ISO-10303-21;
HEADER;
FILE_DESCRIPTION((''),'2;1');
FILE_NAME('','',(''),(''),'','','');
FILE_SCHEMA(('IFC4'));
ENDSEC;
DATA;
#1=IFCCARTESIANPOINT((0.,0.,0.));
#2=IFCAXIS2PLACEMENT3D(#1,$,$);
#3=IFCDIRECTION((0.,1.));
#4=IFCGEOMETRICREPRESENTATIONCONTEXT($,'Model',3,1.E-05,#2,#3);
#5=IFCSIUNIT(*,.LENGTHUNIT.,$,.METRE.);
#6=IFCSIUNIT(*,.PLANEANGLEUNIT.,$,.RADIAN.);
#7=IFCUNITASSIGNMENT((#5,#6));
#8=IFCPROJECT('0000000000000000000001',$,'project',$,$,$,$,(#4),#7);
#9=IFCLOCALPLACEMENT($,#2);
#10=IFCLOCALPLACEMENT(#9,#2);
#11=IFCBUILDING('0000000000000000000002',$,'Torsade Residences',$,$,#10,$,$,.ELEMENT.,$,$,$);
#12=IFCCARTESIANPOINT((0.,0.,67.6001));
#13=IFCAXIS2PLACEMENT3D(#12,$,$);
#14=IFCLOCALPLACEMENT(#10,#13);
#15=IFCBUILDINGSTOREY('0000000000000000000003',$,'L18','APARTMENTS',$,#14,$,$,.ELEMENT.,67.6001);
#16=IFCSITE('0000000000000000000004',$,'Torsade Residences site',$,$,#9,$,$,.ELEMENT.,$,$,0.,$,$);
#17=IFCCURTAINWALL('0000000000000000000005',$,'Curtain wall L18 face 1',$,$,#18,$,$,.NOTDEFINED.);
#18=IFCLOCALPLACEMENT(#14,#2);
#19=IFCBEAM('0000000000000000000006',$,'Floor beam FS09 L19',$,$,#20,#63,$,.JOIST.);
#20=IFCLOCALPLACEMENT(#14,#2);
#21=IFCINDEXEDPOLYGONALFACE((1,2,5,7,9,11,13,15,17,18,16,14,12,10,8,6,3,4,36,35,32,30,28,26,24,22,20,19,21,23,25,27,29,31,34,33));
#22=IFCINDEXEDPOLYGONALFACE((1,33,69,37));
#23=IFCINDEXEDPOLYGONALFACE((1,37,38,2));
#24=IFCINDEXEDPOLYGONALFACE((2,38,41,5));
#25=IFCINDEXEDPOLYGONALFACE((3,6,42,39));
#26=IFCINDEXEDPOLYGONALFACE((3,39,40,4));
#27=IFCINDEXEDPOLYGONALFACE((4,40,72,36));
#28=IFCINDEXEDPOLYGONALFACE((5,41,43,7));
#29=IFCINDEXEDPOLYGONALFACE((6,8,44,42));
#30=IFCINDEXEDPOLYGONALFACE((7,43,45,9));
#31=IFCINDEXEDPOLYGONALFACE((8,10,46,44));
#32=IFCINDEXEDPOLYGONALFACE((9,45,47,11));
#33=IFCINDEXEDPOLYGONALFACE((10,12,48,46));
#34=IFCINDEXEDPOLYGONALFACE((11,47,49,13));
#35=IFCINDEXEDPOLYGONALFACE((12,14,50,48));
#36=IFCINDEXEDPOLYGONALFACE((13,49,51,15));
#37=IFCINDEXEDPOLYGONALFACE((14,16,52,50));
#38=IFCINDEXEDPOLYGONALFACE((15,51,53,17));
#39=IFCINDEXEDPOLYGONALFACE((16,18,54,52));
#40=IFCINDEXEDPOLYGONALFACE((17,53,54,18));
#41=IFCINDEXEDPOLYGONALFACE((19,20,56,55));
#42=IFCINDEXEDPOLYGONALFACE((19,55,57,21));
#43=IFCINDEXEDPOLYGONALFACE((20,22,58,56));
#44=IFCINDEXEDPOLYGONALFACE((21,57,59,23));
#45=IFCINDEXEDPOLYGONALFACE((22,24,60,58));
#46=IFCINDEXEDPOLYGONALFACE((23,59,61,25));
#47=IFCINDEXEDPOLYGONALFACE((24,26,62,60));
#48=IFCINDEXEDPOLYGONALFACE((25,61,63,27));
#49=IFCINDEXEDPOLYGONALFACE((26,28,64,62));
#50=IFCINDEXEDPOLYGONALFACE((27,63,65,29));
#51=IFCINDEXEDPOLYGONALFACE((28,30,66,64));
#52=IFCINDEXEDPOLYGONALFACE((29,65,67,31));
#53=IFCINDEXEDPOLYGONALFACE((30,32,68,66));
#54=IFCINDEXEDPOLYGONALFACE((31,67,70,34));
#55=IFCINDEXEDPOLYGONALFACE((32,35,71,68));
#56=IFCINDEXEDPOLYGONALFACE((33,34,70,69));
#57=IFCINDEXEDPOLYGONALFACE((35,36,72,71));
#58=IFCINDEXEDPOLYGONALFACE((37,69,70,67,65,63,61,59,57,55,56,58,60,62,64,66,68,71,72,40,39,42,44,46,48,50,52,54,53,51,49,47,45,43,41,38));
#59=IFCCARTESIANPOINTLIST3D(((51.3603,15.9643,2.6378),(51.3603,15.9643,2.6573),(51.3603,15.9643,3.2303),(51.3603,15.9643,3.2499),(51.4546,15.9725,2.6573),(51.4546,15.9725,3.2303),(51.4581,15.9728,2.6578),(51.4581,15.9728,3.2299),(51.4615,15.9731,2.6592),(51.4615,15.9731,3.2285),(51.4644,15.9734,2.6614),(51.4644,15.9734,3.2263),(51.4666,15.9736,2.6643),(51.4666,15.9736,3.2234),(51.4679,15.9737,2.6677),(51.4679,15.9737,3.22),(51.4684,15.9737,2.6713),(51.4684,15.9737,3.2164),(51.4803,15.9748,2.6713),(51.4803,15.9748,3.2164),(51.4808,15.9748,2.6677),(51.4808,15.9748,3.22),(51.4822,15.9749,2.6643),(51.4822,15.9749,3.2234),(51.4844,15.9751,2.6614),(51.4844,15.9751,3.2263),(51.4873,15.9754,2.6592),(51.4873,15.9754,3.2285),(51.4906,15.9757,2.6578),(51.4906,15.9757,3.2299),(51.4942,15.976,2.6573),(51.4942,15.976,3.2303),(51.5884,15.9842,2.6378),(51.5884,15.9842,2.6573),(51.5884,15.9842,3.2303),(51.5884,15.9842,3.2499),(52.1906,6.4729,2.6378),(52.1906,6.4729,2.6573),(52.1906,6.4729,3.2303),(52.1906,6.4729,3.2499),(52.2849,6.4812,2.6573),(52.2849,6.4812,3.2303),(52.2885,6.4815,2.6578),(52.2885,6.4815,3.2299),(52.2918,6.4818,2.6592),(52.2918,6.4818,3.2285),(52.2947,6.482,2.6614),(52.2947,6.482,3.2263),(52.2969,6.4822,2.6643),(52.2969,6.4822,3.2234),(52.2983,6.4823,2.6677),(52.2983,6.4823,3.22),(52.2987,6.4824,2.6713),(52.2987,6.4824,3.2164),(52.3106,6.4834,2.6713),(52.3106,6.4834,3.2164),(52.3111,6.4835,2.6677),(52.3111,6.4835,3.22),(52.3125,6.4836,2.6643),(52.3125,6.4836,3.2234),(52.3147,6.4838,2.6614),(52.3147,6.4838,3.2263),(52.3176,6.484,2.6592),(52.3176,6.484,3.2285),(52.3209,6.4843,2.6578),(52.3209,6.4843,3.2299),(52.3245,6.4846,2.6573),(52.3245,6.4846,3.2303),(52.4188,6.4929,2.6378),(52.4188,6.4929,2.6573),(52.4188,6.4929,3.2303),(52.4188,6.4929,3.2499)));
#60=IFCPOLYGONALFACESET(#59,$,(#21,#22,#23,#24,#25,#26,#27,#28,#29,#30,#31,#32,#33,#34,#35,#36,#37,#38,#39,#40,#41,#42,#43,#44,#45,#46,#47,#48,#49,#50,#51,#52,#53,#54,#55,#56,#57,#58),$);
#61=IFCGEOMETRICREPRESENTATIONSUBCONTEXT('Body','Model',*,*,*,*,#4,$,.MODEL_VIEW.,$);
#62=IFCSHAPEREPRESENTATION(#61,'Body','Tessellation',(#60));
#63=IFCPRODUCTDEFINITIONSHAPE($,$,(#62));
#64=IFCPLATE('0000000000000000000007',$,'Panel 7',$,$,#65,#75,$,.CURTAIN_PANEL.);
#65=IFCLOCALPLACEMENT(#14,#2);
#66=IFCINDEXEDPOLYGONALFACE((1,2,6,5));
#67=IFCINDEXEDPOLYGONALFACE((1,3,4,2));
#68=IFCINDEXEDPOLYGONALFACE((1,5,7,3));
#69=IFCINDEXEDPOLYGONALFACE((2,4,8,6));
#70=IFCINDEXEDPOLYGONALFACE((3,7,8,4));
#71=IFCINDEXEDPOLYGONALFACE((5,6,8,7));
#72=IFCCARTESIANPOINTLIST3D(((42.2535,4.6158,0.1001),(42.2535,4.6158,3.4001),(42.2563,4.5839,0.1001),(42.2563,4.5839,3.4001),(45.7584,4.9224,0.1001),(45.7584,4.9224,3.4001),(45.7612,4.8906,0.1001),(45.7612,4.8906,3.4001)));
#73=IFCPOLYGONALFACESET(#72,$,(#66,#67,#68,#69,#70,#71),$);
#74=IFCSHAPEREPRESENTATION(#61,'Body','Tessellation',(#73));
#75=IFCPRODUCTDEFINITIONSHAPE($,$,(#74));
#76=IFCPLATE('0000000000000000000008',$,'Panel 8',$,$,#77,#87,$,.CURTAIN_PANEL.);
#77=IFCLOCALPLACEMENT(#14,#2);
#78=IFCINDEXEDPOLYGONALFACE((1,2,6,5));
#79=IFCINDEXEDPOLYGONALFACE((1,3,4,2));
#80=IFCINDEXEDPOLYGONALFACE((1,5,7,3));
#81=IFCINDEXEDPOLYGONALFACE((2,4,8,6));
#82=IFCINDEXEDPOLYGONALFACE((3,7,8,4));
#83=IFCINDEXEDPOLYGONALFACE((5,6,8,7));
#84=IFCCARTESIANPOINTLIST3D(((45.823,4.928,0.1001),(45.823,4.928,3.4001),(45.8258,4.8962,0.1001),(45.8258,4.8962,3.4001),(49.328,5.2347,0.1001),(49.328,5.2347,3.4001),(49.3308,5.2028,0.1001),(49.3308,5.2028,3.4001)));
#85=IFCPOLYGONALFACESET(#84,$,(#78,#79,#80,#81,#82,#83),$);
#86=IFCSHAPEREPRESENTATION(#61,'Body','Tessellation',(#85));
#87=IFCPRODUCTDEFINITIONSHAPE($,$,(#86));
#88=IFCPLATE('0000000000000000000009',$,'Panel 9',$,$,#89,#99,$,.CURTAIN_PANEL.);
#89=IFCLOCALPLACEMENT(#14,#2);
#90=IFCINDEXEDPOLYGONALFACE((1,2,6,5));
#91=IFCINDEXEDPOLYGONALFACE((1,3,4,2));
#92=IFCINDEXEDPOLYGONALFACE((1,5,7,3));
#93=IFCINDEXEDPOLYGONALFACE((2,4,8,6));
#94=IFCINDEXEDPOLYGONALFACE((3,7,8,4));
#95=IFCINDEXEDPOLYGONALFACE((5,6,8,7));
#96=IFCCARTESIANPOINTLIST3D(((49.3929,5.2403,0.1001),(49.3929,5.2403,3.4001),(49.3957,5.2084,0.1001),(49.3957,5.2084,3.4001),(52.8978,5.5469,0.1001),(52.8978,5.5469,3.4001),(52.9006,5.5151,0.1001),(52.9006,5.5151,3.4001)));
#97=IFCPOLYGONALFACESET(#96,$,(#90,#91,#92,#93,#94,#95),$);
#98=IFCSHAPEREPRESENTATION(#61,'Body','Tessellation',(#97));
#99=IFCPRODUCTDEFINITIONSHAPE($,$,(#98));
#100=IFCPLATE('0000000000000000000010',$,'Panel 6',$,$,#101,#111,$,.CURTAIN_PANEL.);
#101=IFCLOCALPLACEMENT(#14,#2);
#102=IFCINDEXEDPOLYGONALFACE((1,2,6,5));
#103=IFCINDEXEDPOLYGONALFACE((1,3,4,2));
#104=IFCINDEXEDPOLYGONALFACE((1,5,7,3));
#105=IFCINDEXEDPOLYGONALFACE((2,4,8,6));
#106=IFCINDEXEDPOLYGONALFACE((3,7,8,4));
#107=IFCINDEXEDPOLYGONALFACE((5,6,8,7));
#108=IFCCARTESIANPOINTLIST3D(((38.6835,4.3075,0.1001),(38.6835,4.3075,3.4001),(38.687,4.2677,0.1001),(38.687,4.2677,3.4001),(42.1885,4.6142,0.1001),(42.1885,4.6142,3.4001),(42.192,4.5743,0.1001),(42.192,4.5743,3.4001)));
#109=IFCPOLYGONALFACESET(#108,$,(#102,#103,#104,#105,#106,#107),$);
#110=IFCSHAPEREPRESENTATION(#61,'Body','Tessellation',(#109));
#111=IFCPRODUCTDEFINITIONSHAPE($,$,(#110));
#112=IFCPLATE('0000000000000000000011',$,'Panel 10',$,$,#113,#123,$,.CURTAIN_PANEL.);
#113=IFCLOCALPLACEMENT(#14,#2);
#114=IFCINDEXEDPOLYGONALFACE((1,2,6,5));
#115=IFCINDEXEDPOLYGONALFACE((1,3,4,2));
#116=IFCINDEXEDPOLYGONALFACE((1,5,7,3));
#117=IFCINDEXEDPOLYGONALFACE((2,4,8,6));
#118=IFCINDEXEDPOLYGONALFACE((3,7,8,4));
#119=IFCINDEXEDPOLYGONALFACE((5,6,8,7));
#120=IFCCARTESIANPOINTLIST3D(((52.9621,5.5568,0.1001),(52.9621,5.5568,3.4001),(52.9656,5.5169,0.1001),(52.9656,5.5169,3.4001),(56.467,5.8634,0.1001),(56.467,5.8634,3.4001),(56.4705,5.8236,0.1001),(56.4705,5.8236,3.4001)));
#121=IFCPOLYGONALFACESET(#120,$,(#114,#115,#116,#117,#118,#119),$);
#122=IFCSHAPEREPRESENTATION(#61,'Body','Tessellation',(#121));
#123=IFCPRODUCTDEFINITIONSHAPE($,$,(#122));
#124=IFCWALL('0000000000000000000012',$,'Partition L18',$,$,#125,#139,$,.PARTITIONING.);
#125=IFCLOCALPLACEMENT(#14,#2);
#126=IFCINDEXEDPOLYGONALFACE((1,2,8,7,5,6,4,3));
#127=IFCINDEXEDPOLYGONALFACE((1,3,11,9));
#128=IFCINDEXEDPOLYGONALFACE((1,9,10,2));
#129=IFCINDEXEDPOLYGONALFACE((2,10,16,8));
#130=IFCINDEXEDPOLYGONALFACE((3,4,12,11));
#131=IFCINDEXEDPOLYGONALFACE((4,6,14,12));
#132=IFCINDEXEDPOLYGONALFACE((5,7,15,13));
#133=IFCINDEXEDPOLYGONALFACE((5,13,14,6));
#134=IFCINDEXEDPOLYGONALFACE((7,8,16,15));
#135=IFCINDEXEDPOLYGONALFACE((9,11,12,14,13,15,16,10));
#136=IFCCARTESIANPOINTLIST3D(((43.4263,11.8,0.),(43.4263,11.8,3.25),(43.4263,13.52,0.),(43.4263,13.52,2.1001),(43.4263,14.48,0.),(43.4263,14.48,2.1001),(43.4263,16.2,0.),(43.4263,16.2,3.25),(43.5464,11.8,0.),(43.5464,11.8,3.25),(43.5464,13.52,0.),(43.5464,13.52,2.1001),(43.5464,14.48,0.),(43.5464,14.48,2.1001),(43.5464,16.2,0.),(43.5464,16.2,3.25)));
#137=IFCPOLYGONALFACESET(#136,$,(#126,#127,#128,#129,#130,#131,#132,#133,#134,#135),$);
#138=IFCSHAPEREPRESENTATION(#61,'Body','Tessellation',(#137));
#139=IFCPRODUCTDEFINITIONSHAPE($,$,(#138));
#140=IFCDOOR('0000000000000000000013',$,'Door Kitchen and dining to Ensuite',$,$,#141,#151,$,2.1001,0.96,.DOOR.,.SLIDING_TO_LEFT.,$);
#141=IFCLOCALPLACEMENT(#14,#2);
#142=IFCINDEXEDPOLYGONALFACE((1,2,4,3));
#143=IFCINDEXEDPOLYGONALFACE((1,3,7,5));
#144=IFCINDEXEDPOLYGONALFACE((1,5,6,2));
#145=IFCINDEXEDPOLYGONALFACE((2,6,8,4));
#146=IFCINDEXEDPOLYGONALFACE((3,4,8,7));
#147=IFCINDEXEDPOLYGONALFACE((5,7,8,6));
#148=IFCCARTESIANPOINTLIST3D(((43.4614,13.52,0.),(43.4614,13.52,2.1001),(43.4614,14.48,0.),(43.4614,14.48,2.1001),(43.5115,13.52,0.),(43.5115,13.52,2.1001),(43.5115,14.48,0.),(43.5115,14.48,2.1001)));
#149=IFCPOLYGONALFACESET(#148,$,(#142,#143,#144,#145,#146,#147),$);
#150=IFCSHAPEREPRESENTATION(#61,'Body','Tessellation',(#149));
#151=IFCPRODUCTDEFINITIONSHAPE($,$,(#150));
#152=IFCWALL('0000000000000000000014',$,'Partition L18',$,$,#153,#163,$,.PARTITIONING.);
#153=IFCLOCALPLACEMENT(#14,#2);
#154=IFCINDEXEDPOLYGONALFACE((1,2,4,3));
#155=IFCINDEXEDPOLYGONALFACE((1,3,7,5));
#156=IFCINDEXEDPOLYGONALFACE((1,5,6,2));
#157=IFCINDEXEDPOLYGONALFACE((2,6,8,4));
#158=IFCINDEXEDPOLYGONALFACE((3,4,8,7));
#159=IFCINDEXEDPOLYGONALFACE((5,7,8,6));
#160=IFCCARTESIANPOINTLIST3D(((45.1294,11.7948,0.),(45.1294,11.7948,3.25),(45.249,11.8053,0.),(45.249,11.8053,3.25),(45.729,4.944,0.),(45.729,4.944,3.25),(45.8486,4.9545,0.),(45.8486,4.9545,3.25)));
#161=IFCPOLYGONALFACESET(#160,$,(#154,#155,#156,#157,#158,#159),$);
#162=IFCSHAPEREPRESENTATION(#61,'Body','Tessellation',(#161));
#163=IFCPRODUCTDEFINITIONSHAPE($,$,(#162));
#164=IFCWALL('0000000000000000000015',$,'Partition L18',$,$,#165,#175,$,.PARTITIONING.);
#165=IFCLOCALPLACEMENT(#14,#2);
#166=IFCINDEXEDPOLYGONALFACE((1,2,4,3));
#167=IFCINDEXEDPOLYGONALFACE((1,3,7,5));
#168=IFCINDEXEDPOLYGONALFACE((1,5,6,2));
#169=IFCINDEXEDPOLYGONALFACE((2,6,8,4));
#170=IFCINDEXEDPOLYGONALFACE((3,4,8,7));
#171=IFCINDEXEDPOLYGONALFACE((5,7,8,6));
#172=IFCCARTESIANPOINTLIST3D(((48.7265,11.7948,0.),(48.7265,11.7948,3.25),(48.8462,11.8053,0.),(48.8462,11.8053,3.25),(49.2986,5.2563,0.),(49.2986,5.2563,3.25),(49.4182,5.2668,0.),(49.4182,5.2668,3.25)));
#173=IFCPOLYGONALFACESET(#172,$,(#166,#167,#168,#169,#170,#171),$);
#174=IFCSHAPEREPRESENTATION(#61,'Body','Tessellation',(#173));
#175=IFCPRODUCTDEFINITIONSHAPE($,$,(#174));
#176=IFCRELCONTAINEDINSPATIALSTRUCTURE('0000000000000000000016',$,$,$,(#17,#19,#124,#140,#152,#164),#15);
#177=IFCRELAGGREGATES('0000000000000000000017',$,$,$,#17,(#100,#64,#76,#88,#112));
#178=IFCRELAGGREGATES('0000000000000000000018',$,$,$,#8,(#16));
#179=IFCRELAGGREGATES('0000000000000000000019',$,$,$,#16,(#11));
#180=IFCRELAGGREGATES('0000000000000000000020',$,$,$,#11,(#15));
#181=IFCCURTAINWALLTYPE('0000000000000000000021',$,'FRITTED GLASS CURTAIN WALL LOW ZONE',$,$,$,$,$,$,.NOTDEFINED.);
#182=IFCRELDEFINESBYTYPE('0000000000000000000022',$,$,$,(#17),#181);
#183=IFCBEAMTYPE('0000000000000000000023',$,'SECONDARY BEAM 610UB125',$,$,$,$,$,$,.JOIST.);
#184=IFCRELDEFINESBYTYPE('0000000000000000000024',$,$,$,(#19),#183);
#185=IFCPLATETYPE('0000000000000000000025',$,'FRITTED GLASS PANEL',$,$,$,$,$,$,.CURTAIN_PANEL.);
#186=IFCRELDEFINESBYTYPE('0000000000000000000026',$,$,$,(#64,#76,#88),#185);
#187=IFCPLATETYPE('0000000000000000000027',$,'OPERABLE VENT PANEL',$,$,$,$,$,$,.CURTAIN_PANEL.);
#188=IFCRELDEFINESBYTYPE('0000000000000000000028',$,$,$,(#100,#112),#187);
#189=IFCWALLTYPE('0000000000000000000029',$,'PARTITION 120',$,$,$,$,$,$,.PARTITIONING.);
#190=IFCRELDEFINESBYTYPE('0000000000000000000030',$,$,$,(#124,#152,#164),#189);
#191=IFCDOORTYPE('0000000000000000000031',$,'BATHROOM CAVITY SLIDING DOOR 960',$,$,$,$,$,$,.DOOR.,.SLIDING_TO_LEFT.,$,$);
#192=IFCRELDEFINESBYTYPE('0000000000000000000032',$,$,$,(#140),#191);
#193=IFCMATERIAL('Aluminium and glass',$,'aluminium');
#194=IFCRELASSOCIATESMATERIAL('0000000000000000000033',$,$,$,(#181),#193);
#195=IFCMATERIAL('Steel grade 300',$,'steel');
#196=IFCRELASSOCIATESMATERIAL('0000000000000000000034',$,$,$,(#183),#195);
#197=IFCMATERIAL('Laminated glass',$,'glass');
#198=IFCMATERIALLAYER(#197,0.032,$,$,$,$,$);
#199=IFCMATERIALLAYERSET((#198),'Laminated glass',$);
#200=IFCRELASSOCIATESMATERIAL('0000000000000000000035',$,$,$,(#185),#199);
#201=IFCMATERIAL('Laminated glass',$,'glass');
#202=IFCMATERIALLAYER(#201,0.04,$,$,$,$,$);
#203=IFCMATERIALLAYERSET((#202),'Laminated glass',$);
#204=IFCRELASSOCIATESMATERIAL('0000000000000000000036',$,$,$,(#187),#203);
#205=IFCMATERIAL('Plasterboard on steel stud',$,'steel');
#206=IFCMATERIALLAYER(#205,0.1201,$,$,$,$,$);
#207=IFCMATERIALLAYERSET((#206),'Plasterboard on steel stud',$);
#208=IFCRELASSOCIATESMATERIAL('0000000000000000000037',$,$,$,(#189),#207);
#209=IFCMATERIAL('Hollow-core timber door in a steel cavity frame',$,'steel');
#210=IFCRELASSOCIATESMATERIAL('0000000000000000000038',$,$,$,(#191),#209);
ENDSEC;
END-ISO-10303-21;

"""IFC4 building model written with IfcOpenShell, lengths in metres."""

from ifc_helpers import new_model, si_unit, direction, frame, frame_2d, origin, origin_2d, place, context, subcontext, project, spatial, rectangle, i_section, extrude, material, layer, layer_set, material_profile, profile_set, type_object, element, fill, aggregate, save


model = new_model("IFC4")

# Units and contexts
model_context = context("Model", 3, precision=1e-05, world=origin(), true_north=direction((0.0, 1.0)))
body_context = subcontext(model_context, "Body", "Model", "MODEL_VIEW")
ifc_project = project(units=[si_unit("LENGTHUNIT", "METRE"), si_unit("PLANEANGLEUNIT", "RADIAN")], contexts=[model_context])

# Site, building, storey
site_placement = place(None, origin())
site = spatial("IfcSite", under=ifc_project, at=site_placement, Name="Torsade Residences site", CompositionType="ELEMENT", RefElevation=0.0)
building_placement = place(site_placement, origin())
building = spatial("IfcBuilding", under=site, at=building_placement, Name="Torsade Residences", CompositionType="ELEMENT")
storey_placement = place(building_placement, frame((0.0, 0.0, 67.6001)))
storey = spatial("IfcBuildingStorey", under=building, at=storey_placement, Name="L18", Description="APARTMENTS", CompositionType="ELEMENT", Elevation=67.6001)

# Curtain wall
ifc_material_1 = material(Name="Aluminium and glass", Category="aluminium")
curtain_wall_type = type_object("IfcCurtainWallType", Name="FRITTED GLASS CURTAIN WALL LOW ZONE", PredefinedType="NOTDEFINED", material=ifc_material_1)
curtain_wall_placement = place(storey_placement, origin())
curtain_wall = element("IfcCurtainWall", 1, at=curtain_wall_placement, inside=storey, type_object=curtain_wall_type, Name="Curtain wall L18 face 1", PredefinedType="NOTDEFINED")

# Beam
ifc_material_2 = material(Name="Steel grade 300", Category="steel")
ifc_material_profile_1 = material_profile(ifc_material_2, i_section(OverallWidth=0.229, OverallDepth=0.6121, WebThickness=0.012, FlangeThickness=0.0195, FilletRadius=0.0139, at=origin_2d()), Name="610UB125")
ifc_profile_set_1 = profile_set([ifc_material_profile_1], Name="Steel grade 300")
beam_type_1 = type_object("IfcBeamType", Name="SECONDARY BEAM 610UB125", PredefinedType="JOIST", material=ifc_profile_set_1)
beam_1_placement = place(storey_placement, frame((52.3047, 6.4829, 2.9438), z_axis=(-0.087148, 0.996195, 0.0), x_axis=(-0.996195, -0.087148, 0.0)))
element("IfcBeam", 2, at=beam_1_placement, inside=storey, type_object=beam_type_1, Name="Floor beam FS09 L19", PredefinedType="JOIST", context=body_context, shape_type="SweptSolid", body=[
    extrude(i_section(OverallWidth=0.229, OverallDepth=0.6121, WebThickness=0.012, FlangeThickness=0.0195, FilletRadius=0.0139, at=origin_2d()), origin(), (0.0, 0.0, 1.0), 9.5276),
])

# Plates
ifc_material_3 = material(Name="Laminated glass", Category="glass")
ifc_layer_1 = layer(ifc_material_3, 0.032)
ifc_layer_set_1 = layer_set([ifc_layer_1], Name="Laminated glass")
plate_type_1 = type_object("IfcPlateType", Name="FRITTED GLASS PANEL", PredefinedType="CURTAIN_PANEL", material=ifc_layer_set_1)
plate_1_placement = place(storey_placement, frame((44.0073, 4.7532, 0.1001), z_axis=(0.0, 0.0, 1.0), x_axis=(0.996195, 0.087156, 0.0)))
plate_1 = element("IfcPlate", 3, at=plate_1_placement, type_object=plate_type_1, Name="Panel 7", PredefinedType="CURTAIN_PANEL", context=body_context, shape_type="SweptSolid", body=[
    extrude(rectangle(XDim=3.5183, YDim=0.032, at=origin_2d()), origin(), (0.0, 0.0, 1.0), 3.3),
])
plate_2_placement = place(storey_placement, frame((47.5769, 5.0654, 0.1001), z_axis=(0.0, 0.0, 1.0), x_axis=(0.996195, 0.087156, 0.0)))
plate_2 = element("IfcPlate", 4, at=plate_2_placement, type_object=plate_type_1, Name="Panel 8", PredefinedType="CURTAIN_PANEL", context=body_context, shape_type="SweptSolid", body=[
    extrude(rectangle(XDim=3.5183, YDim=0.032, at=origin_2d()), origin(), (0.0, 0.0, 1.0), 3.3),
])
plate_3_placement = place(storey_placement, frame((51.1467, 5.3777, 0.1001), z_axis=(0.0, 0.0, 1.0), x_axis=(0.996195, 0.087156, 0.0)))
plate_3 = element("IfcPlate", 5, at=plate_3_placement, type_object=plate_type_1, Name="Panel 9", PredefinedType="CURTAIN_PANEL", context=body_context, shape_type="SweptSolid", body=[
    extrude(rectangle(XDim=3.5183, YDim=0.032, at=origin_2d()), origin(), (0.0, 0.0, 1.0), 3.3),
])
ifc_material_4 = material(Name="Laminated glass", Category="glass")
ifc_layer_2 = layer(ifc_material_4, 0.04)
ifc_layer_set_2 = layer_set([ifc_layer_2], Name="Laminated glass")
plate_type_2 = type_object("IfcPlateType", Name="OPERABLE VENT PANEL", PredefinedType="CURTAIN_PANEL", material=ifc_layer_set_2)
plate_4_placement = place(storey_placement, frame((40.4377, 4.4409, 0.1001), z_axis=(0.0, 0.0, 1.0), x_axis=(0.996195, 0.087156, 0.0)))
plate_4 = element("IfcPlate", 6, at=plate_4_placement, type_object=plate_type_2, Name="Panel 6", PredefinedType="CURTAIN_PANEL", context=body_context, shape_type="SweptSolid", body=[
    extrude(rectangle(XDim=3.5183, YDim=0.04, at=origin_2d()), origin(), (0.0, 0.0, 1.0), 3.3),
])
plate_5_placement = place(storey_placement, frame((54.7163, 5.6902, 0.1001), z_axis=(0.0, 0.0, 1.0), x_axis=(0.996195, 0.087156, 0.0)))
plate_5 = element("IfcPlate", 7, at=plate_5_placement, type_object=plate_type_2, Name="Panel 10", PredefinedType="CURTAIN_PANEL", context=body_context, shape_type="SweptSolid", body=[
    extrude(rectangle(XDim=3.5183, YDim=0.04, at=origin_2d()), origin(), (0.0, 0.0, 1.0), 3.3),
])
aggregate(curtain_wall, [plate_4, plate_1, plate_2, plate_3, plate_5])

# Wall, opening, door
ifc_material_5 = material(Name="Plasterboard on steel stud", Category="steel")
ifc_layer_3 = layer(ifc_material_5, 0.1201)
ifc_layer_set_3 = layer_set([ifc_layer_3], Name="Plasterboard on steel stud")
wall_type_1 = type_object("IfcWallType", Name="PARTITION 120", PredefinedType="PARTITIONING", material=ifc_layer_set_3)
wall_1_placement = place(storey_placement, frame((43.4863, 11.8, 0.0), z_axis=(0.0, 0.0, 1.0), x_axis=(0.0, 1.0, 0.0)))
wall_1 = element("IfcWall", 8, at=wall_1_placement, inside=storey, type_object=wall_type_1, Name="Partition L18", PredefinedType="PARTITIONING", context=body_context, shape_type="SweptSolid", body=[
    extrude(rectangle(XDim=4.3999, YDim=0.1201, at=frame_2d((2.2, 0.0))), origin(), (0.0, 0.0, 1.0), 3.25),
])
opening_placement = place(wall_1_placement, frame((1.72, 0.0, 0.0)))
opening = element("IfcOpeningElement", 9, at=opening_placement, cuts=wall_1, PredefinedType="OPENING", context=body_context, shape_type="SweptSolid", body=[
    extrude(rectangle(XDim=0.96, YDim=2.1001, at=frame_2d((0.48, 1.05))), frame((0.0, 0.0701, 0.0), z_axis=(0.0, -1.0, 0.0), x_axis=(1.0, 0.0, 0.0)), (0.0, 0.0, 1.0), 0.1401),
])
ifc_material_6 = material(Name="Hollow-core timber door in a steel cavity frame", Category="steel")
door_type = type_object("IfcDoorType", Name="BATHROOM CAVITY SLIDING DOOR 960", OperationType="SLIDING_TO_LEFT", PredefinedType="DOOR", material=ifc_material_6)
door_placement = place(opening_placement, origin())
door = element("IfcDoor", 10, at=door_placement, inside=storey, type_object=door_type, Name="Door Kitchen and dining to Ensuite", OperationType="SLIDING_TO_LEFT", OverallHeight=2.1001, OverallWidth=0.96, PredefinedType="DOOR", context=body_context, shape_type="SweptSolid", body=[
    extrude(rectangle(XDim=0.96, YDim=2.1001, at=frame_2d((0.48, 1.05))), frame((0.0, 0.0249, 0.0), z_axis=(0.0, -1.0, 0.0), x_axis=(1.0, 0.0, 0.0)), (0.0, 0.0, 1.0), 0.05),
])
fill(opening, door)

# Walls
wall_2_placement = place(storey_placement, frame((45.1892, 11.8, 0.0), z_axis=(0.0, 0.0, 1.0), x_axis=(0.08719, -0.996192, 0.0)))
element("IfcWall", 11, at=wall_2_placement, inside=storey, type_object=wall_type_1, Name="Partition L18", PredefinedType="PARTITIONING", context=body_context, shape_type="SweptSolid", body=[
    extrude(rectangle(XDim=6.877, YDim=0.1201, at=frame_2d((3.4385, 0.0))), origin(), (0.0, 0.0, 1.0), 3.25),
])
wall_3_placement = place(storey_placement, frame((48.7864, 11.8, 0.0), z_axis=(0.0, 0.0, 1.0), x_axis=(0.087151, -0.996195, 0.0)))
element("IfcWall", 12, at=wall_3_placement, inside=storey, type_object=wall_type_1, Name="Partition L18", PredefinedType="PARTITIONING", context=body_context, shape_type="SweptSolid", body=[
    extrude(rectangle(XDim=6.5635, YDim=0.1201, at=frame_2d((3.2817, 0.0))), origin(), (0.0, 0.0, 1.0), 3.25),
])

save(model, "model.ifc")
